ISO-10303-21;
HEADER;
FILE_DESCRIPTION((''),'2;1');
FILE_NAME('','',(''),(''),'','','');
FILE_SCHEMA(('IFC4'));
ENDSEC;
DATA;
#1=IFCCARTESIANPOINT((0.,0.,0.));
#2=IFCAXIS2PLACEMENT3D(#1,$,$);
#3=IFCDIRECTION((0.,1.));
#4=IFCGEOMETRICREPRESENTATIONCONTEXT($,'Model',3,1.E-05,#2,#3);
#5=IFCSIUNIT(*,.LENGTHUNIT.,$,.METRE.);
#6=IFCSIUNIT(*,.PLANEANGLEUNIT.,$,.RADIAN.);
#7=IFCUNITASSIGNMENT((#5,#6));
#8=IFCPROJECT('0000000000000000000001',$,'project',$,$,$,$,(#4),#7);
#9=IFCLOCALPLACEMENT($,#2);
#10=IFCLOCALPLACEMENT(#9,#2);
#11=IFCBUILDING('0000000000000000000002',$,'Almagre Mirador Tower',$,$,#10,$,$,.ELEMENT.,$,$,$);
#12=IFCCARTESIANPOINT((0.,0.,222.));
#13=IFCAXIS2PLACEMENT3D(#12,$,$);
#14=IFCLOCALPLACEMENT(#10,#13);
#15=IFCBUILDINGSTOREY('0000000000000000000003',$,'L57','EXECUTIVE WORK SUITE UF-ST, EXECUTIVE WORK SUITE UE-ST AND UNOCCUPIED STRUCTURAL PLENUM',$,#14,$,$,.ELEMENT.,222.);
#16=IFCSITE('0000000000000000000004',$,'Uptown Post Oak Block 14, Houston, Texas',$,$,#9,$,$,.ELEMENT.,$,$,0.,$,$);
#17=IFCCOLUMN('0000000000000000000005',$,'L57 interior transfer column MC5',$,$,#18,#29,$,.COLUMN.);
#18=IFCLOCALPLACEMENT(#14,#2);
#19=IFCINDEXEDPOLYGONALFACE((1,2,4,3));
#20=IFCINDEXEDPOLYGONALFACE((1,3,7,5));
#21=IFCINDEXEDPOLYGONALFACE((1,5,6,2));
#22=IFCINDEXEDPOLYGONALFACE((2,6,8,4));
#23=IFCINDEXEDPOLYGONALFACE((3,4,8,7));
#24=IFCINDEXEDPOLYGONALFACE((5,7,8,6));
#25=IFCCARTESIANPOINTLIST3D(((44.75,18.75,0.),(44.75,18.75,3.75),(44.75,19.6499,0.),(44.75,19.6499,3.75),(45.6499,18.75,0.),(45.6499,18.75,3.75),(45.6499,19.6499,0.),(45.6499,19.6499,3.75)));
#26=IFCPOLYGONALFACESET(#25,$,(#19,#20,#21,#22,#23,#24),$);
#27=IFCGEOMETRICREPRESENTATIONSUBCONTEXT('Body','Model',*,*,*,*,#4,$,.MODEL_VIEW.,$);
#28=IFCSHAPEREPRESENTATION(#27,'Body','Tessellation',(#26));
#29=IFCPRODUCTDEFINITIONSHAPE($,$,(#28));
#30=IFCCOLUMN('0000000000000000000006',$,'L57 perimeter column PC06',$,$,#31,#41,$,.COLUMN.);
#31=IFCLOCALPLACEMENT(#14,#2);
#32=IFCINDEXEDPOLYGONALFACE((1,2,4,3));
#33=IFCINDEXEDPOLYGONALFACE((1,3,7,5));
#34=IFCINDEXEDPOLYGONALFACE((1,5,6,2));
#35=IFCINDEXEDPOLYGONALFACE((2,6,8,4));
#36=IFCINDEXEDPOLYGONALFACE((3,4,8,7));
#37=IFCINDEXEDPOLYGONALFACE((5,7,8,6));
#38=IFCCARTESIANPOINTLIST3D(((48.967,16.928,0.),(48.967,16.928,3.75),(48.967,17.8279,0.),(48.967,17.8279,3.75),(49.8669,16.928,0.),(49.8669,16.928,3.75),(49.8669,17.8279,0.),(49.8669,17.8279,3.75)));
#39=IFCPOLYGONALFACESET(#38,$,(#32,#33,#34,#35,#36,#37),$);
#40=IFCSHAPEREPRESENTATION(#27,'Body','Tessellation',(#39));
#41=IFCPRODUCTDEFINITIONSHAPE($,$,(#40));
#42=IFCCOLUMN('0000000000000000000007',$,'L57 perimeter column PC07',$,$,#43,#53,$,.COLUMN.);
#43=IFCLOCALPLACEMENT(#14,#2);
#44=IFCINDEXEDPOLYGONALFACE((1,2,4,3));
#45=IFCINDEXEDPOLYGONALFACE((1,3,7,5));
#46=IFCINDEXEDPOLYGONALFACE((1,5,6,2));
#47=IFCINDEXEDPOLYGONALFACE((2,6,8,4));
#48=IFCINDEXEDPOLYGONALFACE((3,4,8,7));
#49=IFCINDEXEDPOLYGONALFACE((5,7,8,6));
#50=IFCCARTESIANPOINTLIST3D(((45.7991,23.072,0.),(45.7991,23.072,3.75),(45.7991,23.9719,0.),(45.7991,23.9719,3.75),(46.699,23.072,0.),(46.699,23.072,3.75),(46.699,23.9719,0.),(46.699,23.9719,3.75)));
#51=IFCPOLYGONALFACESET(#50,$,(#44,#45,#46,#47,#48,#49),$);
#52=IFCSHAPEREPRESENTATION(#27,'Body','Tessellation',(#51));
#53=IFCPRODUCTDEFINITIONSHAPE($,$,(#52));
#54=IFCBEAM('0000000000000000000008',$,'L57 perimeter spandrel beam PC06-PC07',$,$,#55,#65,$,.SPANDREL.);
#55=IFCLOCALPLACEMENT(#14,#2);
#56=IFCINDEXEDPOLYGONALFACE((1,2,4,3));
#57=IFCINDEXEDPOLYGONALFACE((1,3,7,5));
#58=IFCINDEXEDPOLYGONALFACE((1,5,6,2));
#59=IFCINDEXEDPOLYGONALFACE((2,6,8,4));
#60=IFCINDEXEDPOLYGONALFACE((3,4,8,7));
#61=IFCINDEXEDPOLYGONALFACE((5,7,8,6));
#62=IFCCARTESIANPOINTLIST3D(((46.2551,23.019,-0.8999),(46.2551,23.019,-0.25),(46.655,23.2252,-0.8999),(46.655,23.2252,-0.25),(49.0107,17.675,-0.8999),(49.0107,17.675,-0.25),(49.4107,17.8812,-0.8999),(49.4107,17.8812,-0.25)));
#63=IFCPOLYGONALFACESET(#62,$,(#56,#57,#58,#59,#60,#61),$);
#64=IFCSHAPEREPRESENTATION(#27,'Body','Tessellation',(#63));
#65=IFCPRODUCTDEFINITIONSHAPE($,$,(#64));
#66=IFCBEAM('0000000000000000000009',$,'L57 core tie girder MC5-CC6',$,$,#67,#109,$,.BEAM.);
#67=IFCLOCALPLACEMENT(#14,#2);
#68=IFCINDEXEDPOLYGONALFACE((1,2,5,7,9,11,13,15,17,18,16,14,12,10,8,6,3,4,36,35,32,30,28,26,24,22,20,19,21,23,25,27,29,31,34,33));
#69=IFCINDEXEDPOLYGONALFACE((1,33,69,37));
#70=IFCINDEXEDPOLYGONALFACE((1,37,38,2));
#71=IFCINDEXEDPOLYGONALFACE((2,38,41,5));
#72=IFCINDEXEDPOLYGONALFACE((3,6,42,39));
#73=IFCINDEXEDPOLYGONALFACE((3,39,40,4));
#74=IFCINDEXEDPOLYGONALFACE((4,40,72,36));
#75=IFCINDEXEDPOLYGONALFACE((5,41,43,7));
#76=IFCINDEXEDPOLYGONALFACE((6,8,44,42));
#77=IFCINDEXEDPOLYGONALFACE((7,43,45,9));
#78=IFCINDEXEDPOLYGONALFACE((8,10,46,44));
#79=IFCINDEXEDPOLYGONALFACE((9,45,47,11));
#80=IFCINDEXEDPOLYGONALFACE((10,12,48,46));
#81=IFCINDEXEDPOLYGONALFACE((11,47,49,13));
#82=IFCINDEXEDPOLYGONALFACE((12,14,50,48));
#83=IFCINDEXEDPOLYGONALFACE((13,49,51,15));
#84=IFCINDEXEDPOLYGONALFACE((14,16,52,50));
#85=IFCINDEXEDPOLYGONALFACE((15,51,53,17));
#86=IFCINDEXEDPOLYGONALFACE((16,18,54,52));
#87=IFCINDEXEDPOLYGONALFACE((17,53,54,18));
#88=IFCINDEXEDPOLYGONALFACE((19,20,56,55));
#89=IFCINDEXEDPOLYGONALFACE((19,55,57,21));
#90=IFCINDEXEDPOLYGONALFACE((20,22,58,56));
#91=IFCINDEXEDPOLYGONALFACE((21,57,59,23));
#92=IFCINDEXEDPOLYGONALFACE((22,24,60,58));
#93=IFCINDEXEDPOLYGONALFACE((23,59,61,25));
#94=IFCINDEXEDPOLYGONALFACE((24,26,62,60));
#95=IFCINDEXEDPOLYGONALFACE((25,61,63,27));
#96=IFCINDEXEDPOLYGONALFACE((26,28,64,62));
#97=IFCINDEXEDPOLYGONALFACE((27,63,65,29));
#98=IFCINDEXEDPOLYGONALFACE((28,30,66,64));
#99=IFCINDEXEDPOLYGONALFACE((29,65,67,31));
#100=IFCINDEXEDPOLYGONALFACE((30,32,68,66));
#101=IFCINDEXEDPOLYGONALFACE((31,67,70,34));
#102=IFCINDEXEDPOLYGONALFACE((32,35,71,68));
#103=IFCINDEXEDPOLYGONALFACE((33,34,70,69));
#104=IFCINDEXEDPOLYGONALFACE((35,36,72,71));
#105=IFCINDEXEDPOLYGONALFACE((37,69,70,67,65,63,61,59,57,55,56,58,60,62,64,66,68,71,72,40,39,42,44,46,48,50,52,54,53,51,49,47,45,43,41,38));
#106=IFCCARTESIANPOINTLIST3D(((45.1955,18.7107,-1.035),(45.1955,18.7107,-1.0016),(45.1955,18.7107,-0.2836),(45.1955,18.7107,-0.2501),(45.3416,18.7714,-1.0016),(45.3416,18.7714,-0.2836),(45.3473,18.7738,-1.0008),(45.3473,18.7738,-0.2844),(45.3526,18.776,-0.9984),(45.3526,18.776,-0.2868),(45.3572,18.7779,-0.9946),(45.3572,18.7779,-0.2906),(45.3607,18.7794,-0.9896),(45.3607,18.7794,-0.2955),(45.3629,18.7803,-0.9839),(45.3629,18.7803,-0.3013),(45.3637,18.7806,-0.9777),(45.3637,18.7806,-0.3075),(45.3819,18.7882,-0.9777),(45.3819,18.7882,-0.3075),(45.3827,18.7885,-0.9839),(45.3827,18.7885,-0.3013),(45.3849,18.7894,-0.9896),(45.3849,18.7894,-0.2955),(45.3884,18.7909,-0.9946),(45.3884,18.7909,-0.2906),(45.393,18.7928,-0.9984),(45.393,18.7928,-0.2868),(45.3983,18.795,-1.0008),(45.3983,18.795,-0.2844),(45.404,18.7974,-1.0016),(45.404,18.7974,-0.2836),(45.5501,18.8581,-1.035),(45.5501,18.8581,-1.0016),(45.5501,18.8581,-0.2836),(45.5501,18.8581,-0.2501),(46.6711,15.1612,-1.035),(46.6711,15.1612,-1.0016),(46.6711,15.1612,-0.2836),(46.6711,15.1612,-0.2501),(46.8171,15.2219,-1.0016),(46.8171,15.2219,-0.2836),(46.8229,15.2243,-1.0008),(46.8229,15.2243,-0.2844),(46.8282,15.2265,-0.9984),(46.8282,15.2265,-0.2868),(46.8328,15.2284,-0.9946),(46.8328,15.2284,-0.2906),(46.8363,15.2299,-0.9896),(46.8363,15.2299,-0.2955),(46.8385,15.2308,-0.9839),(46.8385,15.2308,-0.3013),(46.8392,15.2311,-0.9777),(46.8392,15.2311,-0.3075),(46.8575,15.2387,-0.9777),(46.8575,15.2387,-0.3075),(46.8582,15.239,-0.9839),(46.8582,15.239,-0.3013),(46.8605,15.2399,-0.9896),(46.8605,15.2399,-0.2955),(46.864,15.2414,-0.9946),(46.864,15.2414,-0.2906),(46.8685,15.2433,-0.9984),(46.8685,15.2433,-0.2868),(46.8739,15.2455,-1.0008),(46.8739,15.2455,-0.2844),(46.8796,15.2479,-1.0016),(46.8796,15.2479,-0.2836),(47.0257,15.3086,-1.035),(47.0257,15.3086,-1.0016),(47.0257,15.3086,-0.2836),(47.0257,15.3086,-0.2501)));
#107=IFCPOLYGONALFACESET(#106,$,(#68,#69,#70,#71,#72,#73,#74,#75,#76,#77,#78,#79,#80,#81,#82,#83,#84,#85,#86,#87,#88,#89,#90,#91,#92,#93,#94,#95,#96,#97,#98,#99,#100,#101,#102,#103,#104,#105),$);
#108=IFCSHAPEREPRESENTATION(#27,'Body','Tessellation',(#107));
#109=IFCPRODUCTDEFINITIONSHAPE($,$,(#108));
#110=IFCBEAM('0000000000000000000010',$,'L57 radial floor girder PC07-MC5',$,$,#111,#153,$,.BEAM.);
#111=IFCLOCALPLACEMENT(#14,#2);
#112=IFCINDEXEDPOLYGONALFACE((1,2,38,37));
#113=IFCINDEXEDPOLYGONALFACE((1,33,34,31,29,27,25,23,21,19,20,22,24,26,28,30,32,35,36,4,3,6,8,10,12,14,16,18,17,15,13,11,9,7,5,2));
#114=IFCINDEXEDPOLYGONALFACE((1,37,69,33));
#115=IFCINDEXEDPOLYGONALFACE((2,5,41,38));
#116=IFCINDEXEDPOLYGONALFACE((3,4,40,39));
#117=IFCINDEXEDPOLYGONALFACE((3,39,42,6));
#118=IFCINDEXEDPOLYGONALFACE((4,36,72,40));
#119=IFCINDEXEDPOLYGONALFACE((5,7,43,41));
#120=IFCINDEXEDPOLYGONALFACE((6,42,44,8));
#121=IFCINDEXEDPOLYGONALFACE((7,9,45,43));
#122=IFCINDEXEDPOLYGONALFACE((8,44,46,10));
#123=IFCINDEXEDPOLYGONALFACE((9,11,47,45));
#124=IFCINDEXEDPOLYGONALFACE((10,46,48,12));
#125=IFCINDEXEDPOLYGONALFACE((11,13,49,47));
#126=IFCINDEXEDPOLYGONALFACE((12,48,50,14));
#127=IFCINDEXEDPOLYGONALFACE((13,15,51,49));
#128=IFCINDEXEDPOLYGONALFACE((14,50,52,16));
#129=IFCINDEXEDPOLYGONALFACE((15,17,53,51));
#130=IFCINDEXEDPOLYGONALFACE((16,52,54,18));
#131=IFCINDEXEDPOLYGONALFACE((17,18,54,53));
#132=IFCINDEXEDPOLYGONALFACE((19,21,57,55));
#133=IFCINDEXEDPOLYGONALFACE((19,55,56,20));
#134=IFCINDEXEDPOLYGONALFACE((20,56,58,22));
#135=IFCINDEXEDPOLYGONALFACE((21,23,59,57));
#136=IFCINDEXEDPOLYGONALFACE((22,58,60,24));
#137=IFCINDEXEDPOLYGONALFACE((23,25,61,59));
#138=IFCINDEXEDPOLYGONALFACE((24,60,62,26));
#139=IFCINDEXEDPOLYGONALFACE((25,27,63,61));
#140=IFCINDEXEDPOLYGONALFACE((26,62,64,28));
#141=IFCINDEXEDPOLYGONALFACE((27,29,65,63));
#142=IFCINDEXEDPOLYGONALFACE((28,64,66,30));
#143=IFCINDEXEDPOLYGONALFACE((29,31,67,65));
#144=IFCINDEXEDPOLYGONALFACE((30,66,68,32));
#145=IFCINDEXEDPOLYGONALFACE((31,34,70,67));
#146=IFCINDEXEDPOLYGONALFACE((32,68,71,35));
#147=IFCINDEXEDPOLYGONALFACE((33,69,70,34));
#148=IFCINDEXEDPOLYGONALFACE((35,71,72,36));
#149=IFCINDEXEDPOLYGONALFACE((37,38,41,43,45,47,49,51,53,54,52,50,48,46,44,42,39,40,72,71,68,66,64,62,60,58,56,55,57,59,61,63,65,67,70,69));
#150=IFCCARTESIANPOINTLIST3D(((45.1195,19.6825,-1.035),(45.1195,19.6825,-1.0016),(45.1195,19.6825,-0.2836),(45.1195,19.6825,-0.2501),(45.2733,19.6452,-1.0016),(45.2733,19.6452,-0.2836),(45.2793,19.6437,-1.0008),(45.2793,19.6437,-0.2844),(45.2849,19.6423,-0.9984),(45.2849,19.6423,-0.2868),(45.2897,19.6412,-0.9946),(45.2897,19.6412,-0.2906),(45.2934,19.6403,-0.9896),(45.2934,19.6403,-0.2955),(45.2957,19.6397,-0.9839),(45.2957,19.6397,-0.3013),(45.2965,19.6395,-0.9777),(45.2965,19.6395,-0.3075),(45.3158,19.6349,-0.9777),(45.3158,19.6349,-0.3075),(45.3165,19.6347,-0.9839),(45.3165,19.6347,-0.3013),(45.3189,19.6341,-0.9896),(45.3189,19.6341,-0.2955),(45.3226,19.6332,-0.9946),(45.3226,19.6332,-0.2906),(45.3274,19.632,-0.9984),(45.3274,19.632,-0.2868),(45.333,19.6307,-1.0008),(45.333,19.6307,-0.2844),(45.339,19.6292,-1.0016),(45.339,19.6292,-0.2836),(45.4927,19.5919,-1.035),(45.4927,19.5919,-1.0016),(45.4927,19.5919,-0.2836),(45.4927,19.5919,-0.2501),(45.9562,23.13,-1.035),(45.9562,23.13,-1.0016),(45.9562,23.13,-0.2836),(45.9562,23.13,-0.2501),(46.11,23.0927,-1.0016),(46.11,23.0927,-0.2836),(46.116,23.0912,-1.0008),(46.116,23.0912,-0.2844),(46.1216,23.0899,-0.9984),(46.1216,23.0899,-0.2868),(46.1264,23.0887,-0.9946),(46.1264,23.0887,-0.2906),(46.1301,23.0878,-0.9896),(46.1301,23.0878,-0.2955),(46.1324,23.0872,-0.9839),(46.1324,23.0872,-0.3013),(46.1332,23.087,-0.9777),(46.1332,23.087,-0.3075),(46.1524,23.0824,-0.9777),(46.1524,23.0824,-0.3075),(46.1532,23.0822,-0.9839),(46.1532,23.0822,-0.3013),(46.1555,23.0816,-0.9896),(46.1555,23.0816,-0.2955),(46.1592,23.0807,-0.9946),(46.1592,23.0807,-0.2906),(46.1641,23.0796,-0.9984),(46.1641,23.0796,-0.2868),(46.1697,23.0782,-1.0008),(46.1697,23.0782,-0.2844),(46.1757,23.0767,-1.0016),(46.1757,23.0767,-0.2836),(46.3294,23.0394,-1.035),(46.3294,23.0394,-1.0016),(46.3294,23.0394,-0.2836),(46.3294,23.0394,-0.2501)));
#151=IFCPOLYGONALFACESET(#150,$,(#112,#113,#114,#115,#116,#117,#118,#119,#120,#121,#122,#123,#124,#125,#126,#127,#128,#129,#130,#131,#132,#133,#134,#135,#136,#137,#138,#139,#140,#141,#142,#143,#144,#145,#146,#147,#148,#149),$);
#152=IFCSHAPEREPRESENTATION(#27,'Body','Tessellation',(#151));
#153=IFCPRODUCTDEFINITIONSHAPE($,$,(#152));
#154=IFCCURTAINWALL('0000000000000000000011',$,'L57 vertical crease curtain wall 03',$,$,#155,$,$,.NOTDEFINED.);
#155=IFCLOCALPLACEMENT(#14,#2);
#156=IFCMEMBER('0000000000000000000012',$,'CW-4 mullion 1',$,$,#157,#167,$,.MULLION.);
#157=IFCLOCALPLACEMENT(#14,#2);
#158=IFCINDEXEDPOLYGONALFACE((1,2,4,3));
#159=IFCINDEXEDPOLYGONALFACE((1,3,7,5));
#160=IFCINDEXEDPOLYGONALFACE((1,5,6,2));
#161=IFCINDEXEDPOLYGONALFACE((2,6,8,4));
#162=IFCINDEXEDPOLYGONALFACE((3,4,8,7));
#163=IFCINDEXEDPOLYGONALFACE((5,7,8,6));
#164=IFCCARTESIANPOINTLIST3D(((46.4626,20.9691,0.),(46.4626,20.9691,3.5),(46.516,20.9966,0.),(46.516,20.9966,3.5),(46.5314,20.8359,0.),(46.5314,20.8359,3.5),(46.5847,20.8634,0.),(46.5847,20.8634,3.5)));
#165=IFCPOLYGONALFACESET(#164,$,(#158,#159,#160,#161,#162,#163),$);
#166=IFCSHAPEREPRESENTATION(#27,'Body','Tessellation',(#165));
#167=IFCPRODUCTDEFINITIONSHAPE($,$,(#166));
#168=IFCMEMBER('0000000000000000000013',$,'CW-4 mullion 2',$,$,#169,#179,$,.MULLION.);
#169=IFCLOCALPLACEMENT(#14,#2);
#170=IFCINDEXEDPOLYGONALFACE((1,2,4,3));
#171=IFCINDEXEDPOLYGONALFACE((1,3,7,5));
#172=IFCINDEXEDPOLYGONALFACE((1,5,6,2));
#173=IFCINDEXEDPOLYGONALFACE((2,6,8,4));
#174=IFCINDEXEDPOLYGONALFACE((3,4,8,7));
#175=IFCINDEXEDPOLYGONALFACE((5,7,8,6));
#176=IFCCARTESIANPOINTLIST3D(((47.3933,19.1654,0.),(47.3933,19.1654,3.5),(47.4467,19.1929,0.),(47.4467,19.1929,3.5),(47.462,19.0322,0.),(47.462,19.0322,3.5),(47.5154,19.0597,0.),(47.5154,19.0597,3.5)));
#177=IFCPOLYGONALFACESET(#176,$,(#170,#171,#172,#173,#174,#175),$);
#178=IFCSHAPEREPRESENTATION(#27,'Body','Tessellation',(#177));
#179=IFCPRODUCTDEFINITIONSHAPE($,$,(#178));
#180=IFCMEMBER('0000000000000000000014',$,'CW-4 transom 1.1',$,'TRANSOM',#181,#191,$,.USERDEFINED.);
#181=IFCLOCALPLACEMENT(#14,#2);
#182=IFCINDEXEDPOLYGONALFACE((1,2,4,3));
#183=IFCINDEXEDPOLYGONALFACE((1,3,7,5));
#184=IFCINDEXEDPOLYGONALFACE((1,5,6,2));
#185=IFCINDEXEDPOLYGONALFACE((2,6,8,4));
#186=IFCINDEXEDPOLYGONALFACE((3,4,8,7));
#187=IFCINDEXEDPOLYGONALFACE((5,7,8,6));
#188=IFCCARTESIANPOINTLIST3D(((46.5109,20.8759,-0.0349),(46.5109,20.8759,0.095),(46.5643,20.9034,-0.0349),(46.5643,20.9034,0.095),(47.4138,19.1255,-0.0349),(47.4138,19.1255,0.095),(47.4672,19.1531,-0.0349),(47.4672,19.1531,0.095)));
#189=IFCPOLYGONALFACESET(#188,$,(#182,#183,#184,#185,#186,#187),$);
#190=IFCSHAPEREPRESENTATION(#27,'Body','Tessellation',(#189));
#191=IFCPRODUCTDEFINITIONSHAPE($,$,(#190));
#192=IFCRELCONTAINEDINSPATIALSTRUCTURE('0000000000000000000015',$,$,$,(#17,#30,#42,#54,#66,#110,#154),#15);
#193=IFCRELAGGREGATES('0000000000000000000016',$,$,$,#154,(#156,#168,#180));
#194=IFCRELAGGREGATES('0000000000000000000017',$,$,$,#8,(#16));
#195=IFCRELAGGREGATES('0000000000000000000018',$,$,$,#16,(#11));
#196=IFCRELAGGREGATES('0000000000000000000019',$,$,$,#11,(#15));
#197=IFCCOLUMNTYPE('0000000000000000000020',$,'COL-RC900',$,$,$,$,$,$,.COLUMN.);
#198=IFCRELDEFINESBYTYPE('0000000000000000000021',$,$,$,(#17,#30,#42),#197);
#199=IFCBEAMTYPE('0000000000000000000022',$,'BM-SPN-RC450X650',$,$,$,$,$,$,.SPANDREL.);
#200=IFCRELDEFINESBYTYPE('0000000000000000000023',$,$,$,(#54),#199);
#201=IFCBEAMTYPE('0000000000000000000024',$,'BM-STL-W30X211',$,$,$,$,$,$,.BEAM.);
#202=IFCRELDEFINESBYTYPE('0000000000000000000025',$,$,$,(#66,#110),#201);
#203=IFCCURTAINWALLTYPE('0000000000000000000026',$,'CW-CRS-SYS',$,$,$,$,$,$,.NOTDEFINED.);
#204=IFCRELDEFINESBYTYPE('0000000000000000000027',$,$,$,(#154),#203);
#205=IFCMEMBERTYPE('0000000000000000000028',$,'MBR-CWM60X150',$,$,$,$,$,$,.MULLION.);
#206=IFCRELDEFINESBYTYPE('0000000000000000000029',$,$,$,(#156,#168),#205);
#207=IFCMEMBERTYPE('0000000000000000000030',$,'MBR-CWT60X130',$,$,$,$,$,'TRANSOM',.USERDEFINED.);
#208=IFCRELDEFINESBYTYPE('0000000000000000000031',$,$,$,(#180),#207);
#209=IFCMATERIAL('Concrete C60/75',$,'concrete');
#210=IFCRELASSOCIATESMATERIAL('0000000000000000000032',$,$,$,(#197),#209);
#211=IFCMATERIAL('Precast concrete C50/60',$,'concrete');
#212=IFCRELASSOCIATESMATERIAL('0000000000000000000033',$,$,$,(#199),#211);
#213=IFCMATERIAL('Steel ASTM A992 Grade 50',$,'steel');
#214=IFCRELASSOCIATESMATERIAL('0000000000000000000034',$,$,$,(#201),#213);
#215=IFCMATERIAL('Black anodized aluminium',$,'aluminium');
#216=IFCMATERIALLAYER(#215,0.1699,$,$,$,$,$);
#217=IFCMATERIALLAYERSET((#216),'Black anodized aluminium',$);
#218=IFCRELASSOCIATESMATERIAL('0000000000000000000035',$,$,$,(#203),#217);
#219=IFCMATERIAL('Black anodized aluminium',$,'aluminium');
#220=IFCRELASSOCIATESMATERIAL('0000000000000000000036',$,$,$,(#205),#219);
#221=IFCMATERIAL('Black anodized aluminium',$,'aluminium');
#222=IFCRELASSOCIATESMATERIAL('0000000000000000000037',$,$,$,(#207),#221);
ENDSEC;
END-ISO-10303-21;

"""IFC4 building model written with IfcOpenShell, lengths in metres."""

from ifc_helpers import new_model, si_unit, direction, frame, origin, origin_2d, place, context, subcontext, project, spatial, rectangle, i_section, extrude, material, layer, layer_set, material_profile, profile_set, type_object, element, aggregate, save


model = new_model("IFC4")

# Units and contexts
model_context = context("Model", 3, precision=1e-05, world=origin(), true_north=direction((0.0, 1.0)))
body_context = subcontext(model_context, "Body", "Model", "MODEL_VIEW")
ifc_project = project(units=[si_unit("LENGTHUNIT", "METRE"), si_unit("PLANEANGLEUNIT", "RADIAN")], contexts=[model_context])

# Site, building, storey
site_placement = place(None, origin())
site = spatial("IfcSite", under=ifc_project, at=site_placement, Name="Uptown Post Oak Block 14, Houston, Texas", CompositionType="ELEMENT", RefElevation=0.0)
building_placement = place(site_placement, origin())
building = spatial("IfcBuilding", under=site, at=building_placement, Name="Almagre Mirador Tower", CompositionType="ELEMENT")
storey_placement = place(building_placement, frame((0.0, 0.0, 222.0)))
storey = spatial("IfcBuildingStorey", under=building, at=storey_placement, Name="L57", Description="EXECUTIVE WORK SUITE UF-ST, EXECUTIVE WORK SUITE UE-ST AND UNOCCUPIED STRUCTURAL PLENUM", CompositionType="ELEMENT", Elevation=222.0)

# Columns
ifc_material_1 = material(Name="Concrete C60/75", Category="concrete")
ifc_material_profile_1 = material_profile(ifc_material_1, rectangle(XDim=0.8999, YDim=0.8999, at=origin_2d()), Name="RC900X900")
ifc_profile_set_1 = profile_set([ifc_material_profile_1], Name="Concrete C60/75")
column_type = type_object("IfcColumnType", Name="COL-RC900", PredefinedType="COLUMN", material=ifc_profile_set_1)
for number, where, z_axis, x_axis, name in (
    (1, (45.2, 19.2, 0.0), (0.0, 0.0, 1.0), (1.0, 0.0, 0.0), "L57 interior transfer column MC5"),
    (2, (49.417, 17.3779, 0.0), (0.0, 0.0, 1.0), (1.0, 0.0, 0.0), "L57 perimeter column PC06"),
    (3, (46.249, 23.522, 0.0), (0.0, 0.0, 1.0), (1.0, 0.0, 0.0), "L57 perimeter column PC07"),
):
    element("IfcColumn", number, at=place(storey_placement, frame(where, z_axis=z_axis, x_axis=x_axis)), inside=storey, type_object=column_type, Name=name, PredefinedType="COLUMN", context=body_context, shape_type="SweptSolid", body=[
        extrude(rectangle(XDim=0.8999, YDim=0.8999, at=origin_2d()), origin(), (0.0, 0.0, 1.0), 3.75),
    ])

# Beams
ifc_material_2 = material(Name="Precast concrete C50/60", Category="concrete")
ifc_material_profile_2 = material_profile(ifc_material_2, rectangle(XDim=0.45, YDim=0.6499, at=origin_2d()), Name="RC450X650")
ifc_profile_set_2 = profile_set([ifc_material_profile_2], Name="Precast concrete C50/60")
beam_type_1 = type_object("IfcBeamType", Name="BM-SPN-RC450X650", PredefinedType="SPANDREL", material=ifc_profile_set_2)
beam_1_placement = place(storey_placement, frame((49.2107, 17.7781, -0.575), z_axis=(-0.458305, 0.888795, 0.0), x_axis=(-0.888795, -0.458305, 0.0)))
element("IfcBeam", 4, at=beam_1_placement, inside=storey, type_object=beam_type_1, Name="L57 perimeter spandrel beam PC06-PC07", PredefinedType="SPANDREL", context=body_context, shape_type="SweptSolid", body=[
    extrude(rectangle(XDim=0.45, YDim=0.6499, at=origin_2d()), origin(), (0.0, 0.0, 1.0), 6.0127),
])
ifc_material_3 = material(Name="Steel ASTM A992 Grade 50", Category="steel")
ifc_material_profile_3 = material_profile(ifc_material_3, i_section(OverallWidth=0.384, OverallDepth=0.7849, WebThickness=0.0198, FlangeThickness=0.0334, FilletRadius=0.0239, at=origin_2d()), Name="W30X211")
ifc_profile_set_3 = profile_set([ifc_material_profile_3], Name="Steel ASTM A992 Grade 50")
beam_type_2 = type_object("IfcBeamType", Name="BM-STL-W30X211", PredefinedType="BEAM", material=ifc_profile_set_3)
beam_2_placement = place(storey_placement, frame((45.3728, 18.7844, -0.6426), z_axis=(0.383862, -0.92339, 0.0), x_axis=(0.92339, 0.383862, 0.0)))
element("IfcBeam", 5, at=beam_2_placement, inside=storey, type_object=beam_type_2, Name="L57 core tie girder MC5-CC6", PredefinedType="BEAM", context=body_context, shape_type="SweptSolid", body=[
    extrude(i_section(OverallWidth=0.384, OverallDepth=0.7849, WebThickness=0.0198, FlangeThickness=0.0334, FilletRadius=0.0239, at=origin_2d()), origin(), (0.0, 0.0, 1.0), 3.844),
])
beam_3_placement = place(storey_placement, frame((46.1428, 23.0847, -0.6426), z_axis=(-0.235842, -0.971791, 0.0), x_axis=(0.971791, -0.235842, 0.0)))
element("IfcBeam", 6, at=beam_3_placement, inside=storey, type_object=beam_type_2, Name="L57 radial floor girder PC07-MC5", PredefinedType="BEAM", context=body_context, shape_type="SweptSolid", body=[
    extrude(i_section(OverallWidth=0.384, OverallDepth=0.7849, WebThickness=0.0198, FlangeThickness=0.0334, FilletRadius=0.0239, at=origin_2d()), origin(), (0.0, 0.0, 1.0), 3.5476),
])

# Curtain wall, members
ifc_material_4 = material(Name="Black anodized aluminium", Category="aluminium")
ifc_layer_1 = layer(ifc_material_4, 0.1699)
ifc_layer_set_1 = layer_set([ifc_layer_1], Name="Black anodized aluminium")
curtain_wall_type = type_object("IfcCurtainWallType", Name="CW-CRS-SYS", PredefinedType="NOTDEFINED", material=ifc_layer_set_1)
curtain_wall_placement = place(storey_placement, origin())
curtain_wall = element("IfcCurtainWall", 7, at=curtain_wall_placement, inside=storey, type_object=curtain_wall_type, Name="L57 vertical crease curtain wall 03", PredefinedType="NOTDEFINED")
ifc_material_5 = material(Name="Black anodized aluminium", Category="aluminium")
ifc_material_profile_4 = material_profile(ifc_material_5, rectangle(XDim=0.0601, YDim=0.1499, at=origin_2d()), Name="CWM60X150")
ifc_profile_set_4 = profile_set([ifc_material_profile_4], Name="Black anodized aluminium")
member_type_1 = type_object("IfcMemberType", Name="MBR-CWM60X150", PredefinedType="MULLION", material=ifc_profile_set_4)
member_1_placement = place(storey_placement, frame((46.5237, 20.9163, 0.0), z_axis=(0.0, 0.0, 1.0), x_axis=(0.888709, 0.458472, 0.0)))
member_1 = element("IfcMember", 8, at=member_1_placement, type_object=member_type_1, Name="CW-4 mullion 1", PredefinedType="MULLION", context=body_context, shape_type="SweptSolid", body=[
    extrude(rectangle(XDim=0.0601, YDim=0.1499, at=origin_2d()), origin(), (0.0, 0.0, 1.0), 3.5),
])
member_2_placement = place(storey_placement, frame((47.4543, 19.1125, 0.0), z_axis=(0.0, 0.0, 1.0), x_axis=(0.888709, 0.458472, 0.0)))
member_2 = element("IfcMember", 9, at=member_2_placement, type_object=member_type_1, Name="CW-4 mullion 2", PredefinedType="MULLION", context=body_context, shape_type="SweptSolid", body=[
    extrude(rectangle(XDim=0.0601, YDim=0.1499, at=origin_2d()), origin(), (0.0, 0.0, 1.0), 3.5),
])
ifc_material_6 = material(Name="Black anodized aluminium", Category="aluminium")
ifc_material_profile_5 = material_profile(ifc_material_6, rectangle(XDim=0.0601, YDim=0.1299, at=origin_2d()), Name="CWT60X130")
ifc_profile_set_5 = profile_set([ifc_material_profile_5], Name="Black anodized aluminium")
member_type_2 = type_object("IfcMemberType", Name="MBR-CWT60X130", ElementType="TRANSOM", PredefinedType="USERDEFINED", material=ifc_profile_set_5)
member_3_placement = place(storey_placement, frame((46.5376, 20.8896, 0.03), z_axis=(0.458434, -0.888728, 0.0), x_axis=(0.888728, 0.458434, 0.0)))
member_3 = element("IfcMember", 10, at=member_3_placement, type_object=member_type_2, Name="CW-4 transom 1.1", ObjectType="TRANSOM", PredefinedType="USERDEFINED", context=body_context, shape_type="SweptSolid", body=[
    extrude(rectangle(XDim=0.0601, YDim=0.1299, at=origin_2d()), origin(), (0.0, 0.0, 1.0), 1.9695),
])
aggregate(curtain_wall, [member_1, member_2, member_3])

save(model, "model.ifc")
